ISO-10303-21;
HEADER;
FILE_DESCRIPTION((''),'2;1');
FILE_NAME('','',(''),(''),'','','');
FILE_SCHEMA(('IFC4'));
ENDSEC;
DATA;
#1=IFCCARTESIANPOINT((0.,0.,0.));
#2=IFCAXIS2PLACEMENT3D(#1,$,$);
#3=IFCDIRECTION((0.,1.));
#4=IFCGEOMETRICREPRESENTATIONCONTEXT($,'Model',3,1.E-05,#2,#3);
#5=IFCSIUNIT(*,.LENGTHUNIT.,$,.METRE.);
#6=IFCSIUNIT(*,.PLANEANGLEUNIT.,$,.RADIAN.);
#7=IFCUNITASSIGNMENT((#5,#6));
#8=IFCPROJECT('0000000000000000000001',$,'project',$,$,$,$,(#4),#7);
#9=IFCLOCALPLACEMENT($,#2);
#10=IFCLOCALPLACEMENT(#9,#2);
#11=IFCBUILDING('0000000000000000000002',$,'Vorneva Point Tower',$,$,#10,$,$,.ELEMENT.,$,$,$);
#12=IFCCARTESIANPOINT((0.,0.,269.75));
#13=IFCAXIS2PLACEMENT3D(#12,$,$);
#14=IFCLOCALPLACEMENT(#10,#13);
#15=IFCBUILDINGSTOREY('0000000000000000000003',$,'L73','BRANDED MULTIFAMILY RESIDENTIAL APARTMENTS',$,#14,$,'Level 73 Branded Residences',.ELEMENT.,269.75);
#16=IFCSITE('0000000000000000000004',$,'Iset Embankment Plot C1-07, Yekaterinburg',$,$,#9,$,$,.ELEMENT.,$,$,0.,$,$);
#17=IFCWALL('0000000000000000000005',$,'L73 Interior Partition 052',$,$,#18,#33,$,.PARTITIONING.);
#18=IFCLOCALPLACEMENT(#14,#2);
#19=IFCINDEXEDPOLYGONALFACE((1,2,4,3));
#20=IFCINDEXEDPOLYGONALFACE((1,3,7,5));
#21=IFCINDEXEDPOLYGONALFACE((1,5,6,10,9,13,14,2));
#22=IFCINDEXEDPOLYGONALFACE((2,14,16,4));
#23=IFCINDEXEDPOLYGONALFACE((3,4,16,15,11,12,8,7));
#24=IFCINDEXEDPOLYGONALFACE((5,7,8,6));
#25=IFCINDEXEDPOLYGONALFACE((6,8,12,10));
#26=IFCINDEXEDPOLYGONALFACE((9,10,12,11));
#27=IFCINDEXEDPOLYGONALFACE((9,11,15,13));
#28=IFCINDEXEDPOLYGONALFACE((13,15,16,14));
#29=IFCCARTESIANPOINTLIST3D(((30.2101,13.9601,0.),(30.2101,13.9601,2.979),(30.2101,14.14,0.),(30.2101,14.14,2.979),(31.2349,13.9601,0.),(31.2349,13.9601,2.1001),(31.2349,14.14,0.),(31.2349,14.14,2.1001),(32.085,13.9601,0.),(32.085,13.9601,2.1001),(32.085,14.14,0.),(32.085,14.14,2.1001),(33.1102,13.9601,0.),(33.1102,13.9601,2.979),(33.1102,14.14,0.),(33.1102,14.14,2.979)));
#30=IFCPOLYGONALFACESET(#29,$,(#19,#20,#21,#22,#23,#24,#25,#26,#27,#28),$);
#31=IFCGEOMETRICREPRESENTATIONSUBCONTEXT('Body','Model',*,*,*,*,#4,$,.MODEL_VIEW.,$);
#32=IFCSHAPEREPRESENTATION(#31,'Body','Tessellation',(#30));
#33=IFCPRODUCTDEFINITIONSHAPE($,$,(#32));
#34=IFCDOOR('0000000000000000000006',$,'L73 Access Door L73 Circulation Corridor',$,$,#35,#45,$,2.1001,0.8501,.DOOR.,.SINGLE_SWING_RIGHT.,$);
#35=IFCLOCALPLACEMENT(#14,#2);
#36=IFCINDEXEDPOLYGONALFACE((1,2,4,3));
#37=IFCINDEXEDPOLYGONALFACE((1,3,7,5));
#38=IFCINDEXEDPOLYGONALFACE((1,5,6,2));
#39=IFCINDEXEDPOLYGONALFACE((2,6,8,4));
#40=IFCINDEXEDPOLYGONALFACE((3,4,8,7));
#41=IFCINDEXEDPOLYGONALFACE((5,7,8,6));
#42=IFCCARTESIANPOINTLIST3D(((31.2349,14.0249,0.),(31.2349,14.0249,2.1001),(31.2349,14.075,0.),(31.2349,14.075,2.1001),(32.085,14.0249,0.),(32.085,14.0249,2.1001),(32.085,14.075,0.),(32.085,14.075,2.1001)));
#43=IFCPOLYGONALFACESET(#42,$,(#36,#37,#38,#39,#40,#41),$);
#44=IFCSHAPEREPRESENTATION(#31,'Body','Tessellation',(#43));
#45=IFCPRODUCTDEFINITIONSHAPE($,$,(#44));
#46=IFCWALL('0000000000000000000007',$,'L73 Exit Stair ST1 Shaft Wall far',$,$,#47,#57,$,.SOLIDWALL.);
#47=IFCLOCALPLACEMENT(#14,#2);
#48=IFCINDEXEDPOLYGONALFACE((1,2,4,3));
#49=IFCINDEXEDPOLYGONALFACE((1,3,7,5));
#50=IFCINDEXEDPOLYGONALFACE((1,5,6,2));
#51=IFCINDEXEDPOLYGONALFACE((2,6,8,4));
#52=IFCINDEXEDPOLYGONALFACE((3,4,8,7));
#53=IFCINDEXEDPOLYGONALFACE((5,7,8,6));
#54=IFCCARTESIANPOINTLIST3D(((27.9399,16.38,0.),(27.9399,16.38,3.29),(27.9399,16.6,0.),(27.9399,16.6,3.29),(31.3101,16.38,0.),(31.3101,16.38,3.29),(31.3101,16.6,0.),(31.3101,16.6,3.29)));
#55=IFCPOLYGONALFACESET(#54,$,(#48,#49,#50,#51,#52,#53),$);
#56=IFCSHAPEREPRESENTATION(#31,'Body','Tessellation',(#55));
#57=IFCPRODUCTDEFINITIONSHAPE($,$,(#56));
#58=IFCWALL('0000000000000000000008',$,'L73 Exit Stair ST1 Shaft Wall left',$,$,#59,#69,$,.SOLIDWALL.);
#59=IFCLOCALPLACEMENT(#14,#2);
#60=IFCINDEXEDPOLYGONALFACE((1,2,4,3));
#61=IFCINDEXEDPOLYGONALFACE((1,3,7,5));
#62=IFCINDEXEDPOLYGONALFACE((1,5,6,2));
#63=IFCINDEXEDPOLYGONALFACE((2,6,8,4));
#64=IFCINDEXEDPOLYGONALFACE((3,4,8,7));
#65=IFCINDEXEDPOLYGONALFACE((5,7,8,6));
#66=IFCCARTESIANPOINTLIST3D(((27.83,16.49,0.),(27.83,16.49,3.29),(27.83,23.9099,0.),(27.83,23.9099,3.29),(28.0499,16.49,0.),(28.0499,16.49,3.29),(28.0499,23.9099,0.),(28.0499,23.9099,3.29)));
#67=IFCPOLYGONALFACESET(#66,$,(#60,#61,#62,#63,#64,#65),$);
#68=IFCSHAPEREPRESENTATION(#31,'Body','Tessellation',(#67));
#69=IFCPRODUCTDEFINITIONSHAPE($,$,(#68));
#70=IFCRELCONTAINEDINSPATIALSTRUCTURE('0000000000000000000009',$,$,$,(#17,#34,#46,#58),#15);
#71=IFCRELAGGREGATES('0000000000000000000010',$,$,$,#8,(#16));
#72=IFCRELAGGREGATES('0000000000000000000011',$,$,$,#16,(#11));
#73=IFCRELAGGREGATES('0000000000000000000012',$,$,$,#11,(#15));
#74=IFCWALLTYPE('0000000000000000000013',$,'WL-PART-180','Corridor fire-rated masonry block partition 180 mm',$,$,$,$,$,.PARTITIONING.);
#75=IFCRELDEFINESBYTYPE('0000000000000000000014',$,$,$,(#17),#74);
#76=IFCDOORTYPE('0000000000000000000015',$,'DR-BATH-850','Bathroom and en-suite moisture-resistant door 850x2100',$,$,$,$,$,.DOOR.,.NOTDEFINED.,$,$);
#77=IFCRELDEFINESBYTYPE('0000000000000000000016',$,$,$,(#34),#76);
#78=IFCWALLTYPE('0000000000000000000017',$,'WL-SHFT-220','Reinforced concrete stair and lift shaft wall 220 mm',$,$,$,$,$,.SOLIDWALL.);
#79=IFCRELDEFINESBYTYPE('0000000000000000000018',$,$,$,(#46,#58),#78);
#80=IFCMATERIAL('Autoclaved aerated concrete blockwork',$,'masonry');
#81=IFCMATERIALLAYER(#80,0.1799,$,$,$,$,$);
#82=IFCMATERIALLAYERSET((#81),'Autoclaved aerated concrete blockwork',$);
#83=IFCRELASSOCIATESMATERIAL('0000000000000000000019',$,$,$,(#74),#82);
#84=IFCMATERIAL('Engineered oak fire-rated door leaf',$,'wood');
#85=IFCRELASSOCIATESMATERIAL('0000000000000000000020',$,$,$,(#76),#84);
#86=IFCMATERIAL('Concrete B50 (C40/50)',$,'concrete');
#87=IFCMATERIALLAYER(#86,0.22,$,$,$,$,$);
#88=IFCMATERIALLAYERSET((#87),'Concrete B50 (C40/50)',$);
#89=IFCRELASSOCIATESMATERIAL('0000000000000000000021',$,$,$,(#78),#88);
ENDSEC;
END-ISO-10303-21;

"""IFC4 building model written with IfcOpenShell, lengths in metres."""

from ifc_helpers import new_model, si_unit, direction, frame, frame_2d, origin, place, context, subcontext, project, spatial, rectangle, extrude, material, layer, layer_set, type_object, element, fill, save


model = new_model("IFC4")

# Units and contexts
model_context = context("Model", 3, precision=1e-05, world=origin(), true_north=direction((0.0, 1.0)))
body_context = subcontext(model_context, "Body", "Model", "MODEL_VIEW")
ifc_project = project(units=[si_unit("LENGTHUNIT", "METRE"), si_unit("PLANEANGLEUNIT", "RADIAN")], contexts=[model_context])

# Site, building, storey
site_placement = place(None, origin())
site = spatial("IfcSite", under=ifc_project, at=site_placement, Name="Iset Embankment Plot C1-07, Yekaterinburg", CompositionType="ELEMENT", RefElevation=0.0)
building_placement = place(site_placement, origin())
building = spatial("IfcBuilding", under=site, at=building_placement, Name="Vorneva Point Tower", CompositionType="ELEMENT")
storey_placement = place(building_placement, frame((0.0, 0.0, 269.75)))
storey = spatial("IfcBuildingStorey", under=building, at=storey_placement, Name="L73", Description="BRANDED MULTIFAMILY RESIDENTIAL APARTMENTS", LongName="Level 73 Branded Residences", CompositionType="ELEMENT", Elevation=269.75)

# Shared definitions
ifc_material_1 = material(Name="Concrete B50 (C40/50)", Category="concrete")

# Shared definitions
ifc_material_2 = material(Name="Autoclaved aerated concrete blockwork", Category="masonry")
ifc_layer_1 = layer(ifc_material_2, 0.1799)
ifc_layer_set_1 = layer_set([ifc_layer_1], Name="Autoclaved aerated concrete blockwork")
wall_type_1 = type_object("IfcWallType", Name="WL-PART-180", Description="Corridor fire-rated masonry block partition 180 mm", PredefinedType="PARTITIONING", material=ifc_layer_set_1)
ifc_material_3 = material(Name="Engineered oak fire-rated door leaf", Category="wood")
door_type = type_object("IfcDoorType", Name="DR-BATH-850", Description="Bathroom and en-suite moisture-resistant door 850x2100", OperationType="NOTDEFINED", PredefinedType="DOOR", material=ifc_material_3)

# Wall, opening, door
wall_1_placement = place(storey_placement, frame((30.21, 14.05, 0.0), z_axis=(0.0, 0.0, 1.0), x_axis=(1.0, 0.0, 0.0)))
wall_1 = element("IfcWall", 1, at=wall_1_placement, inside=storey, type_object=wall_type_1, Name="L73 Interior Partition 052", PredefinedType="PARTITIONING", context=body_context, shape_type="SweptSolid", body=[
    extrude(rectangle(XDim=2.9001, YDim=0.1799, at=frame_2d((1.4502, 0.0))), origin(), (0.0, 0.0, 1.0), 2.979),
])
opening_1_placement = place(wall_1_placement, frame((1.0249, 0.0, 0.0)))
opening_1 = element("IfcOpeningElement", 2, at=opening_1_placement, cuts=wall_1, PredefinedType="OPENING", context=body_context, shape_type="SweptSolid", body=[
    extrude(rectangle(XDim=0.8501, YDim=2.1001, at=frame_2d((0.425, 1.05))), frame((0.0, 0.105, 0.0), z_axis=(0.0, -1.0, 0.0), x_axis=(1.0, 0.0, 0.0)), (0.0, 0.0, 1.0), 0.2097),
])
door_1_placement = place(opening_1_placement, origin())
door_1 = element("IfcDoor", 3, at=door_1_placement, inside=storey, type_object=door_type, Name="L73 Access Door L73 Circulation Corridor", OperationType="SINGLE_SWING_RIGHT", OverallHeight=2.1001, OverallWidth=0.8501, PredefinedType="DOOR", context=body_context, shape_type="SweptSolid", body=[
    extrude(rectangle(XDim=0.8501, YDim=2.1001, at=frame_2d((0.425, 1.05))), frame((0.0, 0.0249, 0.0), z_axis=(0.0, -1.0, 0.0), x_axis=(1.0, 0.0, 0.0)), (0.0, 0.0, 1.0), 0.05),
])
fill(opening_1, door_1)

# Walls
ifc_layer_2 = layer(ifc_material_1, 0.22)
ifc_layer_set_2 = layer_set([ifc_layer_2], Name="Concrete B50 (C40/50)")
wall_type_2 = type_object("IfcWallType", Name="WL-SHFT-220", Description="Reinforced concrete stair and lift shaft wall 220 mm", PredefinedType="SOLIDWALL", material=ifc_layer_set_2)
wall_2_placement = place(storey_placement, frame((31.3101, 16.49, 0.0), z_axis=(0.0, 0.0, 1.0), x_axis=(-1.0, 0.0, 0.0)))
element("IfcWall", 4, at=wall_2_placement, inside=storey, type_object=wall_type_2, Name="L73 Exit Stair ST1 Shaft Wall far", PredefinedType="SOLIDWALL", context=body_context, shape_type="SweptSolid", body=[
    extrude(rectangle(XDim=3.3701, YDim=0.22, at=frame_2d((1.6851, 0.0))), origin(), (0.0, 0.0, 1.0), 3.29),
])
wall_3_placement = place(storey_placement, frame((27.9399, 16.49, 0.0), z_axis=(0.0, 0.0, 1.0), x_axis=(0.0, 1.0, 0.0)))
element("IfcWall", 5, at=wall_3_placement, inside=storey, type_object=wall_type_2, Name="L73 Exit Stair ST1 Shaft Wall left", PredefinedType="SOLIDWALL", context=body_context, shape_type="SweptSolid", body=[
    extrude(rectangle(XDim=7.4199, YDim=0.22, at=frame_2d((3.71, 0.0))), origin(), (0.0, 0.0, 1.0), 3.29),
])

save(model, "model.ifc")
